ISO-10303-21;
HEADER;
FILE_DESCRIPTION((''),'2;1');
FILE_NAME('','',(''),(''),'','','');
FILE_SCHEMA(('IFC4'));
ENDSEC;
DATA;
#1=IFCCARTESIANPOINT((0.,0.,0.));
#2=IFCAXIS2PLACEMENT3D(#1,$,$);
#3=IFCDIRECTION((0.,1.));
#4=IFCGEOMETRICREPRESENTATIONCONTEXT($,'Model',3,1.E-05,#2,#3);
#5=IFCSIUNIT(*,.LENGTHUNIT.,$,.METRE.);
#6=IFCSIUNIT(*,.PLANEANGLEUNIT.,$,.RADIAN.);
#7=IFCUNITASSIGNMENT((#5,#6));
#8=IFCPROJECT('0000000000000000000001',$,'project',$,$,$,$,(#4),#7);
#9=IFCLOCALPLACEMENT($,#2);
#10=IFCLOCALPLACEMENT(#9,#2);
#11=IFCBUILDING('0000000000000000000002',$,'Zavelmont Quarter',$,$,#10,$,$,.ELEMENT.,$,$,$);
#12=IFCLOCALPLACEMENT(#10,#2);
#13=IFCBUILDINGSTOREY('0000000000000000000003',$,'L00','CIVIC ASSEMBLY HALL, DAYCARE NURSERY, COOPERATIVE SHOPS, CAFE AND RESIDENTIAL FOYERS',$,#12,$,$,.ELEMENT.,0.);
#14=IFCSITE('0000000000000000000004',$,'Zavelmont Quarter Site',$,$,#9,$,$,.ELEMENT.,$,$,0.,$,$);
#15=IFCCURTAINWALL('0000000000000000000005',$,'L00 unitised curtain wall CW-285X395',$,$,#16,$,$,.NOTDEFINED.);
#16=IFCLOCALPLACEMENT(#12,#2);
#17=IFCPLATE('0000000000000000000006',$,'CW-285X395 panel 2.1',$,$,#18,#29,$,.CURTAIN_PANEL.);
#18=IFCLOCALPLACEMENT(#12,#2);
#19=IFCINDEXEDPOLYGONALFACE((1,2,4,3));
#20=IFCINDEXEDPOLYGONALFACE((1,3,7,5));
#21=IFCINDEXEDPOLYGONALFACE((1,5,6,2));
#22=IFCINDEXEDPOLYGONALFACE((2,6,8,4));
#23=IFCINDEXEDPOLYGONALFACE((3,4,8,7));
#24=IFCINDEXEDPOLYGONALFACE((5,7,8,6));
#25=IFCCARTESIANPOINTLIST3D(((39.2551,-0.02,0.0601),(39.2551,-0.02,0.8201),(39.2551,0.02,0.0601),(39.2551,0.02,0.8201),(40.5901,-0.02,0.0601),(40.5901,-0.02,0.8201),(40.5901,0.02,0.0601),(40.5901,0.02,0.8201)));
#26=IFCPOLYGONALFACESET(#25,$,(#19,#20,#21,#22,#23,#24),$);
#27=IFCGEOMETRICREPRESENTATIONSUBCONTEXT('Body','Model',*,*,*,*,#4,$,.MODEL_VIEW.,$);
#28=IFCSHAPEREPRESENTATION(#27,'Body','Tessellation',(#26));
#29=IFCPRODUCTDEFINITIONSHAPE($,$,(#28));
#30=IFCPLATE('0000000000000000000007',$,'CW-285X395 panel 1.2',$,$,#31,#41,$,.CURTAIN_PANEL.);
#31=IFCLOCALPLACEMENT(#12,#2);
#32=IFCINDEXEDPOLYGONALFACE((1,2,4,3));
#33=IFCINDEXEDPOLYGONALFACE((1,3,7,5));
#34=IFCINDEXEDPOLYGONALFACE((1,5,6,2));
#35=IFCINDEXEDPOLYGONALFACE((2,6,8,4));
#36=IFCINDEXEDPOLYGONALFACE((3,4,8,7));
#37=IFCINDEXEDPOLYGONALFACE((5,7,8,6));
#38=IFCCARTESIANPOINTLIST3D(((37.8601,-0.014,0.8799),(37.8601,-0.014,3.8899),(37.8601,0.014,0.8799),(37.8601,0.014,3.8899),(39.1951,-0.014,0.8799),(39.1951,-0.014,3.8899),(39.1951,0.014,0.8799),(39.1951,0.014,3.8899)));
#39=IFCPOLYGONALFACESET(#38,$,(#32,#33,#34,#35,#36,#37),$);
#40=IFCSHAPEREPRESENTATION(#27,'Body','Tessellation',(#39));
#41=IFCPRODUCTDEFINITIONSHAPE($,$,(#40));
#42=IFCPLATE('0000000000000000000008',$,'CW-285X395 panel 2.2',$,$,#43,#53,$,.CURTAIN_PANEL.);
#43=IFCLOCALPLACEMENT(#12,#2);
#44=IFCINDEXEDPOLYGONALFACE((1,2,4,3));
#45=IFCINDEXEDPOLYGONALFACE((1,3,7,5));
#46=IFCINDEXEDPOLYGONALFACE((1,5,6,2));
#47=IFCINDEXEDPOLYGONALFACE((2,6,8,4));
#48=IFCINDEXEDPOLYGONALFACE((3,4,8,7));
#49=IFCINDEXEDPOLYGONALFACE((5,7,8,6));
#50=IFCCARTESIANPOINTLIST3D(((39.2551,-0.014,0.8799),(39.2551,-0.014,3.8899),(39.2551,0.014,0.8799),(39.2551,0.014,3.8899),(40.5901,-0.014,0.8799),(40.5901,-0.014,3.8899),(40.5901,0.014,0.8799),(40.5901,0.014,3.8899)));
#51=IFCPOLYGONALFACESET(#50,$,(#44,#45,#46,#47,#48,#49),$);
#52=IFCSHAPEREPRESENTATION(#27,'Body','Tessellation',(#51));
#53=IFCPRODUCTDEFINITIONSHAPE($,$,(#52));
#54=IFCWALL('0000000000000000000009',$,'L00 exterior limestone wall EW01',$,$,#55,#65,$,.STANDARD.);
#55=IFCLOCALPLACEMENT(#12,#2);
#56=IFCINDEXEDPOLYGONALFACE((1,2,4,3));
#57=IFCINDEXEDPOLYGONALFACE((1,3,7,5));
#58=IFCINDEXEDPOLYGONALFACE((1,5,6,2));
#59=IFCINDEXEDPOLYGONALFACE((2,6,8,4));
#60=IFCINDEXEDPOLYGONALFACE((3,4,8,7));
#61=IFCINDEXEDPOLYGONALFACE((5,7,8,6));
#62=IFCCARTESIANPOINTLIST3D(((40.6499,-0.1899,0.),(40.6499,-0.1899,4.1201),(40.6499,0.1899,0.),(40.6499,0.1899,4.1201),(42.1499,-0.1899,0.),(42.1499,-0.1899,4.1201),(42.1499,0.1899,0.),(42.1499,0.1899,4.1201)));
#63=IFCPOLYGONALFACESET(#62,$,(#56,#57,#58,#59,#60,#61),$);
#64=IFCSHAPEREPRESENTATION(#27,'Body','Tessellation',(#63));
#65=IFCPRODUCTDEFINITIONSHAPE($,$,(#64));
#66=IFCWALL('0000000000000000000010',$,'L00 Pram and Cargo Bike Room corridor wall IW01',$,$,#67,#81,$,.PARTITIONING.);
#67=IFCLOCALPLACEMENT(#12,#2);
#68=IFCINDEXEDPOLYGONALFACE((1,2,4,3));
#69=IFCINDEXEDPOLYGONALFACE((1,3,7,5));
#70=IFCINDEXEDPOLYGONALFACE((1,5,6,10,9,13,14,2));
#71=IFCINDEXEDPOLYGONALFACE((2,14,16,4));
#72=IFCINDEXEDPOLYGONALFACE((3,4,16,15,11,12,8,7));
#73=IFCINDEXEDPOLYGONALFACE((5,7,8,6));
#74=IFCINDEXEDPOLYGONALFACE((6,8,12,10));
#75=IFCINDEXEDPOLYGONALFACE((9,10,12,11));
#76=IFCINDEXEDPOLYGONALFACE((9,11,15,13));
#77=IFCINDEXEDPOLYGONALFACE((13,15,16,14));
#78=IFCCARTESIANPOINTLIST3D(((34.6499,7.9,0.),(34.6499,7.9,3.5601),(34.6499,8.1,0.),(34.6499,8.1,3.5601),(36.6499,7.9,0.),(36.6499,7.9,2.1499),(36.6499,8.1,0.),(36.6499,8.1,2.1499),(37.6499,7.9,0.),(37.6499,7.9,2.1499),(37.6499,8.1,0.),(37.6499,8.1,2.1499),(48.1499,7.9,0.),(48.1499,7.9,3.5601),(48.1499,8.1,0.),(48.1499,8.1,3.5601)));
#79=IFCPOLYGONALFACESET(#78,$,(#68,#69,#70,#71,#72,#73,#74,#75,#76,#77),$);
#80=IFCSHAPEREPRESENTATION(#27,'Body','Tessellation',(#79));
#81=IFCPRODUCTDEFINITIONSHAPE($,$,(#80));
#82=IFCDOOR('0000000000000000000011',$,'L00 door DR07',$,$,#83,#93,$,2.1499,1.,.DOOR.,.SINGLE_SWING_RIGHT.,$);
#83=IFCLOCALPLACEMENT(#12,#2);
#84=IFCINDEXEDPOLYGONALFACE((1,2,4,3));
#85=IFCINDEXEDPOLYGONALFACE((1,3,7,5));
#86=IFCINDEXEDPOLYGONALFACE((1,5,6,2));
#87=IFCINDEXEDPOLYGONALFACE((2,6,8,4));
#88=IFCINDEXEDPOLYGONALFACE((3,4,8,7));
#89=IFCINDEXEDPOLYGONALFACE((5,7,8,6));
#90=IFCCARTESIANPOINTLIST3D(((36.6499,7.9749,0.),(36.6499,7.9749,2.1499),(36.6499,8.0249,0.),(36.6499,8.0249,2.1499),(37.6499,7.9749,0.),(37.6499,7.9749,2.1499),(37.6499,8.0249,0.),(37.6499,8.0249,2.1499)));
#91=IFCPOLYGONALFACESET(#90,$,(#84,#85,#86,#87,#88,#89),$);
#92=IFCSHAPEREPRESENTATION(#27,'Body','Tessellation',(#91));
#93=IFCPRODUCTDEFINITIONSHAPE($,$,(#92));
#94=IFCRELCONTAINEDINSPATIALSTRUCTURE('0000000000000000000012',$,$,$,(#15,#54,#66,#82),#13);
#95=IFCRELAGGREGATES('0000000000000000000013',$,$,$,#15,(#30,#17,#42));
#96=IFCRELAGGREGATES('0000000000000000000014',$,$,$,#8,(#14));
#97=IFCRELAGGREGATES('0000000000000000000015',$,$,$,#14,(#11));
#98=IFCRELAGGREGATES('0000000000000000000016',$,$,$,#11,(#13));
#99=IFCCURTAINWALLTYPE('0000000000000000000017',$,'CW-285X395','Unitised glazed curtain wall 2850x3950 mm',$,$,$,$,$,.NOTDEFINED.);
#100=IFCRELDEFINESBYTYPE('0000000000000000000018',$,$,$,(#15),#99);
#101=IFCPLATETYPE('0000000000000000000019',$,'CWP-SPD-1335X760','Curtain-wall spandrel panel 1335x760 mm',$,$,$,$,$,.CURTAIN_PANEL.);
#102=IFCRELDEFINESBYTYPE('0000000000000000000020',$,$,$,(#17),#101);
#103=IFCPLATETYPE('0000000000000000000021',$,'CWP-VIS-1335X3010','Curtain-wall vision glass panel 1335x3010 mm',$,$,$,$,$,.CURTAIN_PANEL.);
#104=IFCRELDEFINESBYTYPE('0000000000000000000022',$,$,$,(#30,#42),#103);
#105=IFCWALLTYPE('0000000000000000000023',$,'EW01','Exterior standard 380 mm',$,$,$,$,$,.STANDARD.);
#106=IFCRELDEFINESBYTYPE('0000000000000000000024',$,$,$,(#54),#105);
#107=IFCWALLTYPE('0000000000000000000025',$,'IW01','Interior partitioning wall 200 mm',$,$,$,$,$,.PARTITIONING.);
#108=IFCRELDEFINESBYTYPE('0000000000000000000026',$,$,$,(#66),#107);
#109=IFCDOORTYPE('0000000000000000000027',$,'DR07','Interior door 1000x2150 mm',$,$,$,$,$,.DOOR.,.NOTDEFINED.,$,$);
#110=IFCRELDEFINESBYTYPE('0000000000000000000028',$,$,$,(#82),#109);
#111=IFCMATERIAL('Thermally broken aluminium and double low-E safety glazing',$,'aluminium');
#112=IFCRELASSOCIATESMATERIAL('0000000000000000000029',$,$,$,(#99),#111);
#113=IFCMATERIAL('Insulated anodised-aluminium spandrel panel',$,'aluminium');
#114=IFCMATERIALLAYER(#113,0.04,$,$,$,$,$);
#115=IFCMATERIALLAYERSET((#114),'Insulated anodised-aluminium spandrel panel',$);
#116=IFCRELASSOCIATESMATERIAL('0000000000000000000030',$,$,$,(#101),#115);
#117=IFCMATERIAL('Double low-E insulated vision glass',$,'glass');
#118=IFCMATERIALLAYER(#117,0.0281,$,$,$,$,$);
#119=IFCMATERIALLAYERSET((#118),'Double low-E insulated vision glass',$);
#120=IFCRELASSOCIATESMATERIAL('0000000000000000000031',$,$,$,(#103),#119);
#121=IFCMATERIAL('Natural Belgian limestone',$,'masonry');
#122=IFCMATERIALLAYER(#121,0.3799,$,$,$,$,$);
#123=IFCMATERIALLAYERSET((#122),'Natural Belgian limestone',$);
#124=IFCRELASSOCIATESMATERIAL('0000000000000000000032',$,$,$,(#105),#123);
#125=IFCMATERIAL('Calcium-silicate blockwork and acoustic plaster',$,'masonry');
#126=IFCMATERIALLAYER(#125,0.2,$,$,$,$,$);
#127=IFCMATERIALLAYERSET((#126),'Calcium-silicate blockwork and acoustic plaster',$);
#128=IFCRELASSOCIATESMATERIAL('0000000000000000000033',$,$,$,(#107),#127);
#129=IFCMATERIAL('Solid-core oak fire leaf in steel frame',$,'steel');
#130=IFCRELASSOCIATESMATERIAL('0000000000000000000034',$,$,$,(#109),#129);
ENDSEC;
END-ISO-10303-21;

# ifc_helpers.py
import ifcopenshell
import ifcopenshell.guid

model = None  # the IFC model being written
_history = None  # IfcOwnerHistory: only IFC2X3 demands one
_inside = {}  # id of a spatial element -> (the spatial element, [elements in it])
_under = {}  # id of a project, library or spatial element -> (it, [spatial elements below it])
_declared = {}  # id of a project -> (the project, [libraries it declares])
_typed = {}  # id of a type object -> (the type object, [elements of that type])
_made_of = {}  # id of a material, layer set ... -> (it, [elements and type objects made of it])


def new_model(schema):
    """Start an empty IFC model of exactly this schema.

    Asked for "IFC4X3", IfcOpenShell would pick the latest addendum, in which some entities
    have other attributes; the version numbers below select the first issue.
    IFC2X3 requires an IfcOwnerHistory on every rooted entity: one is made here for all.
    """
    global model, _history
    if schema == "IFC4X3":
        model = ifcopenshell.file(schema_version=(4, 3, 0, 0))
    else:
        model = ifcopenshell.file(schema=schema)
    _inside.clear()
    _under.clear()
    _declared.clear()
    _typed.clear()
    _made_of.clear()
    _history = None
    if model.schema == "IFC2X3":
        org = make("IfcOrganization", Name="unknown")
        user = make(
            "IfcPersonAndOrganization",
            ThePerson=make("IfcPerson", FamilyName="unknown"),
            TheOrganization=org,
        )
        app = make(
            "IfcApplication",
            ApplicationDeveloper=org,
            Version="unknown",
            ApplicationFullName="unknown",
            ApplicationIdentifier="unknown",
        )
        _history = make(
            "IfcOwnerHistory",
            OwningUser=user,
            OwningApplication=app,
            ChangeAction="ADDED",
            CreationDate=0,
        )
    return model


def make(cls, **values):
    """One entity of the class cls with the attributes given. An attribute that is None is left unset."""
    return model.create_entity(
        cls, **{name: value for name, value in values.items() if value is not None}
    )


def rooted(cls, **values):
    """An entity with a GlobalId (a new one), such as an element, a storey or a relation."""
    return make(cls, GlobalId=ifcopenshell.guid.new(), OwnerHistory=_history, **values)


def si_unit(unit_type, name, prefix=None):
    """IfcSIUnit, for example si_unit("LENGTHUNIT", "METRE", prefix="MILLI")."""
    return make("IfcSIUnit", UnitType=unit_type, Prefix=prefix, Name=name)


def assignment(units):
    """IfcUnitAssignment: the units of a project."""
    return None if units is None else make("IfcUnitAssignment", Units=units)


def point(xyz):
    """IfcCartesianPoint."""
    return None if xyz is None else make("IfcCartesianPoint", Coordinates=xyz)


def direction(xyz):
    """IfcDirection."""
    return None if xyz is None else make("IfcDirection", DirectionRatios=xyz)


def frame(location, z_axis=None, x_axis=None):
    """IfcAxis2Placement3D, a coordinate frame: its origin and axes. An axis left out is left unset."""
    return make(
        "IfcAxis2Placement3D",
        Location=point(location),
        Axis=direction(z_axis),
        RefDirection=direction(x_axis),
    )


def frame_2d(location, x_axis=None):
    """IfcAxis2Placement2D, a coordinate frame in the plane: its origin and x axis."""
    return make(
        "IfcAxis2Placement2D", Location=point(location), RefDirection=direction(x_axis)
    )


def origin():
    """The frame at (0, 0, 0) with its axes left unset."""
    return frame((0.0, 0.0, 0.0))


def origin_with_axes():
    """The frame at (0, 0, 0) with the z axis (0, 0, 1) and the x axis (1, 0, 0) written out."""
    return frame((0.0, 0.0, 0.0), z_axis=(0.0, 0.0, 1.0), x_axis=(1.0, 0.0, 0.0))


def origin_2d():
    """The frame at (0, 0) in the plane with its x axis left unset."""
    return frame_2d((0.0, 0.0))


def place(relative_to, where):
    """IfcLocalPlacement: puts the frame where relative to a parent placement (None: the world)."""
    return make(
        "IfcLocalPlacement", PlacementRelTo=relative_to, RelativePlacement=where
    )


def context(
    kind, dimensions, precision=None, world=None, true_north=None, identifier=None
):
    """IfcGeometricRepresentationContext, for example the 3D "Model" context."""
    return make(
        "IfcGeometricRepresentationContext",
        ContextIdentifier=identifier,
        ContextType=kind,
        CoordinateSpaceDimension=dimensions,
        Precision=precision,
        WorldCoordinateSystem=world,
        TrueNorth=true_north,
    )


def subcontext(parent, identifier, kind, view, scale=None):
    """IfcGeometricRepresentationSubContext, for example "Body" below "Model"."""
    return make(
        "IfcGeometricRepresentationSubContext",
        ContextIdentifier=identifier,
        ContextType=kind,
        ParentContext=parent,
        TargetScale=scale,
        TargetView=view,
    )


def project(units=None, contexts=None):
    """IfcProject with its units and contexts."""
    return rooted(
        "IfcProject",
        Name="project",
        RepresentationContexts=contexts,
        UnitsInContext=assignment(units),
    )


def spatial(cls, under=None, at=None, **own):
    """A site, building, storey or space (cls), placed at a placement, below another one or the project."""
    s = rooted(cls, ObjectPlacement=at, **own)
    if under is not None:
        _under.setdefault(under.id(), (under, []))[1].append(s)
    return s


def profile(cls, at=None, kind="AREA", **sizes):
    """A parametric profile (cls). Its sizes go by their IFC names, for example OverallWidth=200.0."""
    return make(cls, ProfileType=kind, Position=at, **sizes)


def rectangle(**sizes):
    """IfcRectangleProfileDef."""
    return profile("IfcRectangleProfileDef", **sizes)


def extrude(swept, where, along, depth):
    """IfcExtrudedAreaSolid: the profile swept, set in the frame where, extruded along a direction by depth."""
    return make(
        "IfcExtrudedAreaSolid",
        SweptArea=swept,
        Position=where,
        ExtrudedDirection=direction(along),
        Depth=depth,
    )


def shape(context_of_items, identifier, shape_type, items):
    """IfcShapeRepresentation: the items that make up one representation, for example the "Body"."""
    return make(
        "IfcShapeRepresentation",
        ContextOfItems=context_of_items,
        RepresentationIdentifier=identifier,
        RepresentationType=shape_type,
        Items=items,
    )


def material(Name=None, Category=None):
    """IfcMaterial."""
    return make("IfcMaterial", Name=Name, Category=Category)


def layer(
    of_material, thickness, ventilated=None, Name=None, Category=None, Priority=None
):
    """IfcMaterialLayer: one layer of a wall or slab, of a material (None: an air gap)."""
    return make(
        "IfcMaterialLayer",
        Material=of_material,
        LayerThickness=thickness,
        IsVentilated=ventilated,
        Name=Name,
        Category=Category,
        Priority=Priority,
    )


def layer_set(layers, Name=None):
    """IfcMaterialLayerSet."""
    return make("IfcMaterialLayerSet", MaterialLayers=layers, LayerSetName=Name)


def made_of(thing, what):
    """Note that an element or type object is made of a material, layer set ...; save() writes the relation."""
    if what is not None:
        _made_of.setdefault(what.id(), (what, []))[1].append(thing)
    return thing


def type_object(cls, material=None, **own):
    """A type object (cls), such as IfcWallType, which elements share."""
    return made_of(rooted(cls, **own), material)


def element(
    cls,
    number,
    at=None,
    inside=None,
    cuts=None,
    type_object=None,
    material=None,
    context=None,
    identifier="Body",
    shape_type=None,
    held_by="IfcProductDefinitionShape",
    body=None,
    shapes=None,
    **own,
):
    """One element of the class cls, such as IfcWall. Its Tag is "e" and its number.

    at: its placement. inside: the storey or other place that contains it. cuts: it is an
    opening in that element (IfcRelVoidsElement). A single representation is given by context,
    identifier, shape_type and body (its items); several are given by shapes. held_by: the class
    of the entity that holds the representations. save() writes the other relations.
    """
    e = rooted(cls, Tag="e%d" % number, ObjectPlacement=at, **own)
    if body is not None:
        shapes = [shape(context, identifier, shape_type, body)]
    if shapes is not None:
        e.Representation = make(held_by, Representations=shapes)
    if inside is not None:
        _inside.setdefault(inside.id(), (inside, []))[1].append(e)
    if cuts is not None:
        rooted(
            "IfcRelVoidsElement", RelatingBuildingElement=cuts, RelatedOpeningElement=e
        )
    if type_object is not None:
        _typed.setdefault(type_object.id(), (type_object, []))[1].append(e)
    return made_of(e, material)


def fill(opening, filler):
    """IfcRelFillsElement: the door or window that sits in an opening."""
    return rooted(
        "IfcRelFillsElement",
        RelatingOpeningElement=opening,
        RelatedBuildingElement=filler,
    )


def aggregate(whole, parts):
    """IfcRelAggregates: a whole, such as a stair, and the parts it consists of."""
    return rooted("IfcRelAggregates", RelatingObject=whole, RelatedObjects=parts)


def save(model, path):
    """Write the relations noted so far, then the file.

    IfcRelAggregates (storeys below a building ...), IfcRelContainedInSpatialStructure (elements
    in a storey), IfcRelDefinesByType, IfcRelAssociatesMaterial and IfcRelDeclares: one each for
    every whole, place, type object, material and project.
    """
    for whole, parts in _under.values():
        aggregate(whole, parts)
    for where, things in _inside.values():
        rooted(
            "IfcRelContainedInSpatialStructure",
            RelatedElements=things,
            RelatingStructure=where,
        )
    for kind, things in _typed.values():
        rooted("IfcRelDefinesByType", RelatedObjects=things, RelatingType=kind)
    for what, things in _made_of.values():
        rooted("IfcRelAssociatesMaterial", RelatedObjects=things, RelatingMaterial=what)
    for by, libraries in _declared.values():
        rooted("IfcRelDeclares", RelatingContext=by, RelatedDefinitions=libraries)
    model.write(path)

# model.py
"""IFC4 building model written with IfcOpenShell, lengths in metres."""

from ifc_helpers import new_model, si_unit, direction, frame, frame_2d, origin, origin_with_axes, origin_2d, place, context, subcontext, project, spatial, rectangle, extrude, material, layer, layer_set, type_object, element, fill, aggregate, save


model = new_model("IFC4")

# Units and contexts
model_context = context("Model", 3, precision=1e-05, world=origin(), true_north=direction((0.0, 1.0)))
body_context = subcontext(model_context, "Body", "Model", "MODEL_VIEW")
ifc_project = project(units=[si_unit("LENGTHUNIT", "METRE"), si_unit("PLANEANGLEUNIT", "RADIAN")], contexts=[model_context])

# Site, building, storey
site_placement = place(None, origin())
site = spatial("IfcSite", under=ifc_project, at=site_placement, Name="Zavelmont Quarter Site", CompositionType="ELEMENT", RefElevation=0.0)
building_placement = place(site_placement, origin())
building = spatial("IfcBuilding", under=site, at=building_placement, Name="Zavelmont Quarter", CompositionType="ELEMENT")
storey_placement = place(building_placement, origin())
storey = spatial("IfcBuildingStorey", under=building, at=storey_placement, Name="L00", Description="CIVIC ASSEMBLY HALL, DAYCARE NURSERY, COOPERATIVE SHOPS, CAFE AND RESIDENTIAL FOYERS", CompositionType="ELEMENT", Elevation=0.0)

# Curtain wall
ifc_material_1 = material(Name="Thermally broken aluminium and double low-E safety glazing", Category="aluminium")
curtain_wall_type_1 = type_object("IfcCurtainWallType", Name="CW-285X395", Description="Unitised glazed curtain wall 2850x3950 mm", PredefinedType="NOTDEFINED", material=ifc_material_1)
curtain_wall_1_placement = place(storey_placement, origin())
curtain_wall_1 = element("IfcCurtainWall", 1, at=curtain_wall_1_placement, inside=storey, type_object=curtain_wall_type_1, Name="L00 unitised curtain wall CW-285X395", PredefinedType="NOTDEFINED")

# Plates
ifc_material_2 = material(Name="Insulated anodised-aluminium spandrel panel", Category="aluminium")
ifc_layer_1 = layer(ifc_material_2, 0.04)
ifc_layer_set_1 = layer_set([ifc_layer_1], Name="Insulated anodised-aluminium spandrel panel")
plate_type_1 = type_object("IfcPlateType", Name="CWP-SPD-1335X760", Description="Curtain-wall spandrel panel 1335x760 mm", PredefinedType="CURTAIN_PANEL", material=ifc_layer_set_1)
plate_1_placement = place(storey_placement, frame((39.9226, 0.0, 0.0601), z_axis=(0.0, 0.0, 1.0), x_axis=(1.0, 0.0, 0.0)))
plate_1 = element("IfcPlate", 2, at=plate_1_placement, type_object=plate_type_1, Name="CW-285X395 panel 2.1", PredefinedType="CURTAIN_PANEL", context=body_context, shape_type="SweptSolid", body=[
    extrude(rectangle(XDim=1.335, YDim=0.04, at=origin_2d()), origin(), (0.0, 0.0, 1.0), 0.76),
])
ifc_material_3 = material(Name="Double low-E insulated vision glass", Category="glass")
ifc_layer_2 = layer(ifc_material_3, 0.0281)
ifc_layer_set_2 = layer_set([ifc_layer_2], Name="Double low-E insulated vision glass")
plate_type_2 = type_object("IfcPlateType", Name="CWP-VIS-1335X3010", Description="Curtain-wall vision glass panel 1335x3010 mm", PredefinedType="CURTAIN_PANEL", material=ifc_layer_set_2)
plate_2_placement = place(storey_placement, frame((38.5276, 0.0, 0.8799), z_axis=(0.0, 0.0, 1.0), x_axis=(1.0, 0.0, 0.0)))
plate_2 = element("IfcPlate", 3, at=plate_2_placement, type_object=plate_type_2, Name="CW-285X395 panel 1.2", PredefinedType="CURTAIN_PANEL", context=body_context, shape_type="SweptSolid", body=[
    extrude(rectangle(XDim=1.335, YDim=0.0281, at=origin_2d()), origin(), (0.0, 0.0, 1.0), 3.01),
])
plate_3_placement = place(storey_placement, frame((39.9226, 0.0, 0.8799), z_axis=(0.0, 0.0, 1.0), x_axis=(1.0, 0.0, 0.0)))
plate_3 = element("IfcPlate", 4, at=plate_3_placement, type_object=plate_type_2, Name="CW-285X395 panel 2.2", PredefinedType="CURTAIN_PANEL", context=body_context, shape_type="SweptSolid", body=[
    extrude(rectangle(XDim=1.335, YDim=0.0281, at=origin_2d()), origin(), (0.0, 0.0, 1.0), 3.01),
])
aggregate(curtain_wall_1, [plate_2, plate_1, plate_3])

# Wall
ifc_material_4 = material(Name="Natural Belgian limestone", Category="masonry")
ifc_layer_3 = layer(ifc_material_4, 0.3799)
ifc_layer_set_3 = layer_set([ifc_layer_3], Name="Natural Belgian limestone")
wall_type_1 = type_object("IfcWallType", Name="EW01", Description="Exterior standard 380 mm", PredefinedType="STANDARD", material=ifc_layer_set_3)
wall_1_placement = place(storey_placement, frame((40.6499, 0.0, 0.0), z_axis=(0.0, 0.0, 1.0), x_axis=(1.0, 0.0, 0.0)))
element("IfcWall", 5, at=wall_1_placement, inside=storey, type_object=wall_type_1, Name="L00 exterior limestone wall EW01", PredefinedType="STANDARD", context=body_context, shape_type="SweptSolid", body=[
    extrude(rectangle(XDim=1.5, YDim=0.3799, at=frame_2d((0.75, 0.0))), origin(), (0.0, 0.0, 1.0), 4.1201),
])

# Wall, opening, door
ifc_material_5 = material(Name="Calcium-silicate blockwork and acoustic plaster", Category="masonry")
ifc_layer_4 = layer(ifc_material_5, 0.2)
ifc_layer_set_4 = layer_set([ifc_layer_4], Name="Calcium-silicate blockwork and acoustic plaster")
wall_type_2 = type_object("IfcWallType", Name="IW01", Description="Interior partitioning wall 200 mm", PredefinedType="PARTITIONING", material=ifc_layer_set_4)
wall_2_placement = place(storey_placement, frame((34.6499, 8.0, 0.0), z_axis=(0.0, 0.0, 1.0), x_axis=(1.0, 0.0, 0.0)))
wall_2 = element("IfcWall", 6, at=wall_2_placement, inside=storey, type_object=wall_type_2, Name="L00 Pram and Cargo Bike Room corridor wall IW01", PredefinedType="PARTITIONING", context=body_context, shape_type="SweptSolid", body=[
    extrude(rectangle(XDim=13.5, YDim=0.2, at=frame_2d((6.75, 0.0))), origin(), (0.0, 0.0, 1.0), 3.5601),
])
opening_placement = place(wall_2_placement, frame((2.0, 0.0, 0.0)))
opening = element("IfcOpeningElement", 7, at=opening_placement, cuts=wall_2, PredefinedType="OPENING", context=body_context, shape_type="SweptSolid", body=[
    extrude(rectangle(XDim=1.0, YDim=2.1499, at=frame_2d((0.5, 1.075))), frame((0.0, 0.1118, 0.0), z_axis=(0.0, -1.0, 0.0), x_axis=(1.0, 0.0, 0.0)), (0.0, 0.0, 1.0), 0.2239),
])
ifc_material_6 = material(Name="Solid-core oak fire leaf in steel frame", Category="steel")
door_type = type_object("IfcDoorType", Name="DR07", Description="Interior door 1000x2150 mm", OperationType="NOTDEFINED", PredefinedType="DOOR", material=ifc_material_6)
door_placement = place(opening_placement, origin_with_axes())
door = element("IfcDoor", 8, at=door_placement, inside=storey, type_object=door_type, Name="L00 door DR07", OperationType="SINGLE_SWING_RIGHT", OverallHeight=2.1499, OverallWidth=1.0, PredefinedType="DOOR", context=body_context, shape_type="SweptSolid", body=[
    extrude(rectangle(XDim=1.0, YDim=2.1499, at=frame_2d((0.5, 1.075))), frame((0.0, 0.0249, 0.0), z_axis=(0.0, -1.0, 0.0), x_axis=(1.0, 0.0, 0.0)), (0.0, 0.0, 1.0), 0.05),
])
fill(opening, door)

save(model, "model.ifc")
